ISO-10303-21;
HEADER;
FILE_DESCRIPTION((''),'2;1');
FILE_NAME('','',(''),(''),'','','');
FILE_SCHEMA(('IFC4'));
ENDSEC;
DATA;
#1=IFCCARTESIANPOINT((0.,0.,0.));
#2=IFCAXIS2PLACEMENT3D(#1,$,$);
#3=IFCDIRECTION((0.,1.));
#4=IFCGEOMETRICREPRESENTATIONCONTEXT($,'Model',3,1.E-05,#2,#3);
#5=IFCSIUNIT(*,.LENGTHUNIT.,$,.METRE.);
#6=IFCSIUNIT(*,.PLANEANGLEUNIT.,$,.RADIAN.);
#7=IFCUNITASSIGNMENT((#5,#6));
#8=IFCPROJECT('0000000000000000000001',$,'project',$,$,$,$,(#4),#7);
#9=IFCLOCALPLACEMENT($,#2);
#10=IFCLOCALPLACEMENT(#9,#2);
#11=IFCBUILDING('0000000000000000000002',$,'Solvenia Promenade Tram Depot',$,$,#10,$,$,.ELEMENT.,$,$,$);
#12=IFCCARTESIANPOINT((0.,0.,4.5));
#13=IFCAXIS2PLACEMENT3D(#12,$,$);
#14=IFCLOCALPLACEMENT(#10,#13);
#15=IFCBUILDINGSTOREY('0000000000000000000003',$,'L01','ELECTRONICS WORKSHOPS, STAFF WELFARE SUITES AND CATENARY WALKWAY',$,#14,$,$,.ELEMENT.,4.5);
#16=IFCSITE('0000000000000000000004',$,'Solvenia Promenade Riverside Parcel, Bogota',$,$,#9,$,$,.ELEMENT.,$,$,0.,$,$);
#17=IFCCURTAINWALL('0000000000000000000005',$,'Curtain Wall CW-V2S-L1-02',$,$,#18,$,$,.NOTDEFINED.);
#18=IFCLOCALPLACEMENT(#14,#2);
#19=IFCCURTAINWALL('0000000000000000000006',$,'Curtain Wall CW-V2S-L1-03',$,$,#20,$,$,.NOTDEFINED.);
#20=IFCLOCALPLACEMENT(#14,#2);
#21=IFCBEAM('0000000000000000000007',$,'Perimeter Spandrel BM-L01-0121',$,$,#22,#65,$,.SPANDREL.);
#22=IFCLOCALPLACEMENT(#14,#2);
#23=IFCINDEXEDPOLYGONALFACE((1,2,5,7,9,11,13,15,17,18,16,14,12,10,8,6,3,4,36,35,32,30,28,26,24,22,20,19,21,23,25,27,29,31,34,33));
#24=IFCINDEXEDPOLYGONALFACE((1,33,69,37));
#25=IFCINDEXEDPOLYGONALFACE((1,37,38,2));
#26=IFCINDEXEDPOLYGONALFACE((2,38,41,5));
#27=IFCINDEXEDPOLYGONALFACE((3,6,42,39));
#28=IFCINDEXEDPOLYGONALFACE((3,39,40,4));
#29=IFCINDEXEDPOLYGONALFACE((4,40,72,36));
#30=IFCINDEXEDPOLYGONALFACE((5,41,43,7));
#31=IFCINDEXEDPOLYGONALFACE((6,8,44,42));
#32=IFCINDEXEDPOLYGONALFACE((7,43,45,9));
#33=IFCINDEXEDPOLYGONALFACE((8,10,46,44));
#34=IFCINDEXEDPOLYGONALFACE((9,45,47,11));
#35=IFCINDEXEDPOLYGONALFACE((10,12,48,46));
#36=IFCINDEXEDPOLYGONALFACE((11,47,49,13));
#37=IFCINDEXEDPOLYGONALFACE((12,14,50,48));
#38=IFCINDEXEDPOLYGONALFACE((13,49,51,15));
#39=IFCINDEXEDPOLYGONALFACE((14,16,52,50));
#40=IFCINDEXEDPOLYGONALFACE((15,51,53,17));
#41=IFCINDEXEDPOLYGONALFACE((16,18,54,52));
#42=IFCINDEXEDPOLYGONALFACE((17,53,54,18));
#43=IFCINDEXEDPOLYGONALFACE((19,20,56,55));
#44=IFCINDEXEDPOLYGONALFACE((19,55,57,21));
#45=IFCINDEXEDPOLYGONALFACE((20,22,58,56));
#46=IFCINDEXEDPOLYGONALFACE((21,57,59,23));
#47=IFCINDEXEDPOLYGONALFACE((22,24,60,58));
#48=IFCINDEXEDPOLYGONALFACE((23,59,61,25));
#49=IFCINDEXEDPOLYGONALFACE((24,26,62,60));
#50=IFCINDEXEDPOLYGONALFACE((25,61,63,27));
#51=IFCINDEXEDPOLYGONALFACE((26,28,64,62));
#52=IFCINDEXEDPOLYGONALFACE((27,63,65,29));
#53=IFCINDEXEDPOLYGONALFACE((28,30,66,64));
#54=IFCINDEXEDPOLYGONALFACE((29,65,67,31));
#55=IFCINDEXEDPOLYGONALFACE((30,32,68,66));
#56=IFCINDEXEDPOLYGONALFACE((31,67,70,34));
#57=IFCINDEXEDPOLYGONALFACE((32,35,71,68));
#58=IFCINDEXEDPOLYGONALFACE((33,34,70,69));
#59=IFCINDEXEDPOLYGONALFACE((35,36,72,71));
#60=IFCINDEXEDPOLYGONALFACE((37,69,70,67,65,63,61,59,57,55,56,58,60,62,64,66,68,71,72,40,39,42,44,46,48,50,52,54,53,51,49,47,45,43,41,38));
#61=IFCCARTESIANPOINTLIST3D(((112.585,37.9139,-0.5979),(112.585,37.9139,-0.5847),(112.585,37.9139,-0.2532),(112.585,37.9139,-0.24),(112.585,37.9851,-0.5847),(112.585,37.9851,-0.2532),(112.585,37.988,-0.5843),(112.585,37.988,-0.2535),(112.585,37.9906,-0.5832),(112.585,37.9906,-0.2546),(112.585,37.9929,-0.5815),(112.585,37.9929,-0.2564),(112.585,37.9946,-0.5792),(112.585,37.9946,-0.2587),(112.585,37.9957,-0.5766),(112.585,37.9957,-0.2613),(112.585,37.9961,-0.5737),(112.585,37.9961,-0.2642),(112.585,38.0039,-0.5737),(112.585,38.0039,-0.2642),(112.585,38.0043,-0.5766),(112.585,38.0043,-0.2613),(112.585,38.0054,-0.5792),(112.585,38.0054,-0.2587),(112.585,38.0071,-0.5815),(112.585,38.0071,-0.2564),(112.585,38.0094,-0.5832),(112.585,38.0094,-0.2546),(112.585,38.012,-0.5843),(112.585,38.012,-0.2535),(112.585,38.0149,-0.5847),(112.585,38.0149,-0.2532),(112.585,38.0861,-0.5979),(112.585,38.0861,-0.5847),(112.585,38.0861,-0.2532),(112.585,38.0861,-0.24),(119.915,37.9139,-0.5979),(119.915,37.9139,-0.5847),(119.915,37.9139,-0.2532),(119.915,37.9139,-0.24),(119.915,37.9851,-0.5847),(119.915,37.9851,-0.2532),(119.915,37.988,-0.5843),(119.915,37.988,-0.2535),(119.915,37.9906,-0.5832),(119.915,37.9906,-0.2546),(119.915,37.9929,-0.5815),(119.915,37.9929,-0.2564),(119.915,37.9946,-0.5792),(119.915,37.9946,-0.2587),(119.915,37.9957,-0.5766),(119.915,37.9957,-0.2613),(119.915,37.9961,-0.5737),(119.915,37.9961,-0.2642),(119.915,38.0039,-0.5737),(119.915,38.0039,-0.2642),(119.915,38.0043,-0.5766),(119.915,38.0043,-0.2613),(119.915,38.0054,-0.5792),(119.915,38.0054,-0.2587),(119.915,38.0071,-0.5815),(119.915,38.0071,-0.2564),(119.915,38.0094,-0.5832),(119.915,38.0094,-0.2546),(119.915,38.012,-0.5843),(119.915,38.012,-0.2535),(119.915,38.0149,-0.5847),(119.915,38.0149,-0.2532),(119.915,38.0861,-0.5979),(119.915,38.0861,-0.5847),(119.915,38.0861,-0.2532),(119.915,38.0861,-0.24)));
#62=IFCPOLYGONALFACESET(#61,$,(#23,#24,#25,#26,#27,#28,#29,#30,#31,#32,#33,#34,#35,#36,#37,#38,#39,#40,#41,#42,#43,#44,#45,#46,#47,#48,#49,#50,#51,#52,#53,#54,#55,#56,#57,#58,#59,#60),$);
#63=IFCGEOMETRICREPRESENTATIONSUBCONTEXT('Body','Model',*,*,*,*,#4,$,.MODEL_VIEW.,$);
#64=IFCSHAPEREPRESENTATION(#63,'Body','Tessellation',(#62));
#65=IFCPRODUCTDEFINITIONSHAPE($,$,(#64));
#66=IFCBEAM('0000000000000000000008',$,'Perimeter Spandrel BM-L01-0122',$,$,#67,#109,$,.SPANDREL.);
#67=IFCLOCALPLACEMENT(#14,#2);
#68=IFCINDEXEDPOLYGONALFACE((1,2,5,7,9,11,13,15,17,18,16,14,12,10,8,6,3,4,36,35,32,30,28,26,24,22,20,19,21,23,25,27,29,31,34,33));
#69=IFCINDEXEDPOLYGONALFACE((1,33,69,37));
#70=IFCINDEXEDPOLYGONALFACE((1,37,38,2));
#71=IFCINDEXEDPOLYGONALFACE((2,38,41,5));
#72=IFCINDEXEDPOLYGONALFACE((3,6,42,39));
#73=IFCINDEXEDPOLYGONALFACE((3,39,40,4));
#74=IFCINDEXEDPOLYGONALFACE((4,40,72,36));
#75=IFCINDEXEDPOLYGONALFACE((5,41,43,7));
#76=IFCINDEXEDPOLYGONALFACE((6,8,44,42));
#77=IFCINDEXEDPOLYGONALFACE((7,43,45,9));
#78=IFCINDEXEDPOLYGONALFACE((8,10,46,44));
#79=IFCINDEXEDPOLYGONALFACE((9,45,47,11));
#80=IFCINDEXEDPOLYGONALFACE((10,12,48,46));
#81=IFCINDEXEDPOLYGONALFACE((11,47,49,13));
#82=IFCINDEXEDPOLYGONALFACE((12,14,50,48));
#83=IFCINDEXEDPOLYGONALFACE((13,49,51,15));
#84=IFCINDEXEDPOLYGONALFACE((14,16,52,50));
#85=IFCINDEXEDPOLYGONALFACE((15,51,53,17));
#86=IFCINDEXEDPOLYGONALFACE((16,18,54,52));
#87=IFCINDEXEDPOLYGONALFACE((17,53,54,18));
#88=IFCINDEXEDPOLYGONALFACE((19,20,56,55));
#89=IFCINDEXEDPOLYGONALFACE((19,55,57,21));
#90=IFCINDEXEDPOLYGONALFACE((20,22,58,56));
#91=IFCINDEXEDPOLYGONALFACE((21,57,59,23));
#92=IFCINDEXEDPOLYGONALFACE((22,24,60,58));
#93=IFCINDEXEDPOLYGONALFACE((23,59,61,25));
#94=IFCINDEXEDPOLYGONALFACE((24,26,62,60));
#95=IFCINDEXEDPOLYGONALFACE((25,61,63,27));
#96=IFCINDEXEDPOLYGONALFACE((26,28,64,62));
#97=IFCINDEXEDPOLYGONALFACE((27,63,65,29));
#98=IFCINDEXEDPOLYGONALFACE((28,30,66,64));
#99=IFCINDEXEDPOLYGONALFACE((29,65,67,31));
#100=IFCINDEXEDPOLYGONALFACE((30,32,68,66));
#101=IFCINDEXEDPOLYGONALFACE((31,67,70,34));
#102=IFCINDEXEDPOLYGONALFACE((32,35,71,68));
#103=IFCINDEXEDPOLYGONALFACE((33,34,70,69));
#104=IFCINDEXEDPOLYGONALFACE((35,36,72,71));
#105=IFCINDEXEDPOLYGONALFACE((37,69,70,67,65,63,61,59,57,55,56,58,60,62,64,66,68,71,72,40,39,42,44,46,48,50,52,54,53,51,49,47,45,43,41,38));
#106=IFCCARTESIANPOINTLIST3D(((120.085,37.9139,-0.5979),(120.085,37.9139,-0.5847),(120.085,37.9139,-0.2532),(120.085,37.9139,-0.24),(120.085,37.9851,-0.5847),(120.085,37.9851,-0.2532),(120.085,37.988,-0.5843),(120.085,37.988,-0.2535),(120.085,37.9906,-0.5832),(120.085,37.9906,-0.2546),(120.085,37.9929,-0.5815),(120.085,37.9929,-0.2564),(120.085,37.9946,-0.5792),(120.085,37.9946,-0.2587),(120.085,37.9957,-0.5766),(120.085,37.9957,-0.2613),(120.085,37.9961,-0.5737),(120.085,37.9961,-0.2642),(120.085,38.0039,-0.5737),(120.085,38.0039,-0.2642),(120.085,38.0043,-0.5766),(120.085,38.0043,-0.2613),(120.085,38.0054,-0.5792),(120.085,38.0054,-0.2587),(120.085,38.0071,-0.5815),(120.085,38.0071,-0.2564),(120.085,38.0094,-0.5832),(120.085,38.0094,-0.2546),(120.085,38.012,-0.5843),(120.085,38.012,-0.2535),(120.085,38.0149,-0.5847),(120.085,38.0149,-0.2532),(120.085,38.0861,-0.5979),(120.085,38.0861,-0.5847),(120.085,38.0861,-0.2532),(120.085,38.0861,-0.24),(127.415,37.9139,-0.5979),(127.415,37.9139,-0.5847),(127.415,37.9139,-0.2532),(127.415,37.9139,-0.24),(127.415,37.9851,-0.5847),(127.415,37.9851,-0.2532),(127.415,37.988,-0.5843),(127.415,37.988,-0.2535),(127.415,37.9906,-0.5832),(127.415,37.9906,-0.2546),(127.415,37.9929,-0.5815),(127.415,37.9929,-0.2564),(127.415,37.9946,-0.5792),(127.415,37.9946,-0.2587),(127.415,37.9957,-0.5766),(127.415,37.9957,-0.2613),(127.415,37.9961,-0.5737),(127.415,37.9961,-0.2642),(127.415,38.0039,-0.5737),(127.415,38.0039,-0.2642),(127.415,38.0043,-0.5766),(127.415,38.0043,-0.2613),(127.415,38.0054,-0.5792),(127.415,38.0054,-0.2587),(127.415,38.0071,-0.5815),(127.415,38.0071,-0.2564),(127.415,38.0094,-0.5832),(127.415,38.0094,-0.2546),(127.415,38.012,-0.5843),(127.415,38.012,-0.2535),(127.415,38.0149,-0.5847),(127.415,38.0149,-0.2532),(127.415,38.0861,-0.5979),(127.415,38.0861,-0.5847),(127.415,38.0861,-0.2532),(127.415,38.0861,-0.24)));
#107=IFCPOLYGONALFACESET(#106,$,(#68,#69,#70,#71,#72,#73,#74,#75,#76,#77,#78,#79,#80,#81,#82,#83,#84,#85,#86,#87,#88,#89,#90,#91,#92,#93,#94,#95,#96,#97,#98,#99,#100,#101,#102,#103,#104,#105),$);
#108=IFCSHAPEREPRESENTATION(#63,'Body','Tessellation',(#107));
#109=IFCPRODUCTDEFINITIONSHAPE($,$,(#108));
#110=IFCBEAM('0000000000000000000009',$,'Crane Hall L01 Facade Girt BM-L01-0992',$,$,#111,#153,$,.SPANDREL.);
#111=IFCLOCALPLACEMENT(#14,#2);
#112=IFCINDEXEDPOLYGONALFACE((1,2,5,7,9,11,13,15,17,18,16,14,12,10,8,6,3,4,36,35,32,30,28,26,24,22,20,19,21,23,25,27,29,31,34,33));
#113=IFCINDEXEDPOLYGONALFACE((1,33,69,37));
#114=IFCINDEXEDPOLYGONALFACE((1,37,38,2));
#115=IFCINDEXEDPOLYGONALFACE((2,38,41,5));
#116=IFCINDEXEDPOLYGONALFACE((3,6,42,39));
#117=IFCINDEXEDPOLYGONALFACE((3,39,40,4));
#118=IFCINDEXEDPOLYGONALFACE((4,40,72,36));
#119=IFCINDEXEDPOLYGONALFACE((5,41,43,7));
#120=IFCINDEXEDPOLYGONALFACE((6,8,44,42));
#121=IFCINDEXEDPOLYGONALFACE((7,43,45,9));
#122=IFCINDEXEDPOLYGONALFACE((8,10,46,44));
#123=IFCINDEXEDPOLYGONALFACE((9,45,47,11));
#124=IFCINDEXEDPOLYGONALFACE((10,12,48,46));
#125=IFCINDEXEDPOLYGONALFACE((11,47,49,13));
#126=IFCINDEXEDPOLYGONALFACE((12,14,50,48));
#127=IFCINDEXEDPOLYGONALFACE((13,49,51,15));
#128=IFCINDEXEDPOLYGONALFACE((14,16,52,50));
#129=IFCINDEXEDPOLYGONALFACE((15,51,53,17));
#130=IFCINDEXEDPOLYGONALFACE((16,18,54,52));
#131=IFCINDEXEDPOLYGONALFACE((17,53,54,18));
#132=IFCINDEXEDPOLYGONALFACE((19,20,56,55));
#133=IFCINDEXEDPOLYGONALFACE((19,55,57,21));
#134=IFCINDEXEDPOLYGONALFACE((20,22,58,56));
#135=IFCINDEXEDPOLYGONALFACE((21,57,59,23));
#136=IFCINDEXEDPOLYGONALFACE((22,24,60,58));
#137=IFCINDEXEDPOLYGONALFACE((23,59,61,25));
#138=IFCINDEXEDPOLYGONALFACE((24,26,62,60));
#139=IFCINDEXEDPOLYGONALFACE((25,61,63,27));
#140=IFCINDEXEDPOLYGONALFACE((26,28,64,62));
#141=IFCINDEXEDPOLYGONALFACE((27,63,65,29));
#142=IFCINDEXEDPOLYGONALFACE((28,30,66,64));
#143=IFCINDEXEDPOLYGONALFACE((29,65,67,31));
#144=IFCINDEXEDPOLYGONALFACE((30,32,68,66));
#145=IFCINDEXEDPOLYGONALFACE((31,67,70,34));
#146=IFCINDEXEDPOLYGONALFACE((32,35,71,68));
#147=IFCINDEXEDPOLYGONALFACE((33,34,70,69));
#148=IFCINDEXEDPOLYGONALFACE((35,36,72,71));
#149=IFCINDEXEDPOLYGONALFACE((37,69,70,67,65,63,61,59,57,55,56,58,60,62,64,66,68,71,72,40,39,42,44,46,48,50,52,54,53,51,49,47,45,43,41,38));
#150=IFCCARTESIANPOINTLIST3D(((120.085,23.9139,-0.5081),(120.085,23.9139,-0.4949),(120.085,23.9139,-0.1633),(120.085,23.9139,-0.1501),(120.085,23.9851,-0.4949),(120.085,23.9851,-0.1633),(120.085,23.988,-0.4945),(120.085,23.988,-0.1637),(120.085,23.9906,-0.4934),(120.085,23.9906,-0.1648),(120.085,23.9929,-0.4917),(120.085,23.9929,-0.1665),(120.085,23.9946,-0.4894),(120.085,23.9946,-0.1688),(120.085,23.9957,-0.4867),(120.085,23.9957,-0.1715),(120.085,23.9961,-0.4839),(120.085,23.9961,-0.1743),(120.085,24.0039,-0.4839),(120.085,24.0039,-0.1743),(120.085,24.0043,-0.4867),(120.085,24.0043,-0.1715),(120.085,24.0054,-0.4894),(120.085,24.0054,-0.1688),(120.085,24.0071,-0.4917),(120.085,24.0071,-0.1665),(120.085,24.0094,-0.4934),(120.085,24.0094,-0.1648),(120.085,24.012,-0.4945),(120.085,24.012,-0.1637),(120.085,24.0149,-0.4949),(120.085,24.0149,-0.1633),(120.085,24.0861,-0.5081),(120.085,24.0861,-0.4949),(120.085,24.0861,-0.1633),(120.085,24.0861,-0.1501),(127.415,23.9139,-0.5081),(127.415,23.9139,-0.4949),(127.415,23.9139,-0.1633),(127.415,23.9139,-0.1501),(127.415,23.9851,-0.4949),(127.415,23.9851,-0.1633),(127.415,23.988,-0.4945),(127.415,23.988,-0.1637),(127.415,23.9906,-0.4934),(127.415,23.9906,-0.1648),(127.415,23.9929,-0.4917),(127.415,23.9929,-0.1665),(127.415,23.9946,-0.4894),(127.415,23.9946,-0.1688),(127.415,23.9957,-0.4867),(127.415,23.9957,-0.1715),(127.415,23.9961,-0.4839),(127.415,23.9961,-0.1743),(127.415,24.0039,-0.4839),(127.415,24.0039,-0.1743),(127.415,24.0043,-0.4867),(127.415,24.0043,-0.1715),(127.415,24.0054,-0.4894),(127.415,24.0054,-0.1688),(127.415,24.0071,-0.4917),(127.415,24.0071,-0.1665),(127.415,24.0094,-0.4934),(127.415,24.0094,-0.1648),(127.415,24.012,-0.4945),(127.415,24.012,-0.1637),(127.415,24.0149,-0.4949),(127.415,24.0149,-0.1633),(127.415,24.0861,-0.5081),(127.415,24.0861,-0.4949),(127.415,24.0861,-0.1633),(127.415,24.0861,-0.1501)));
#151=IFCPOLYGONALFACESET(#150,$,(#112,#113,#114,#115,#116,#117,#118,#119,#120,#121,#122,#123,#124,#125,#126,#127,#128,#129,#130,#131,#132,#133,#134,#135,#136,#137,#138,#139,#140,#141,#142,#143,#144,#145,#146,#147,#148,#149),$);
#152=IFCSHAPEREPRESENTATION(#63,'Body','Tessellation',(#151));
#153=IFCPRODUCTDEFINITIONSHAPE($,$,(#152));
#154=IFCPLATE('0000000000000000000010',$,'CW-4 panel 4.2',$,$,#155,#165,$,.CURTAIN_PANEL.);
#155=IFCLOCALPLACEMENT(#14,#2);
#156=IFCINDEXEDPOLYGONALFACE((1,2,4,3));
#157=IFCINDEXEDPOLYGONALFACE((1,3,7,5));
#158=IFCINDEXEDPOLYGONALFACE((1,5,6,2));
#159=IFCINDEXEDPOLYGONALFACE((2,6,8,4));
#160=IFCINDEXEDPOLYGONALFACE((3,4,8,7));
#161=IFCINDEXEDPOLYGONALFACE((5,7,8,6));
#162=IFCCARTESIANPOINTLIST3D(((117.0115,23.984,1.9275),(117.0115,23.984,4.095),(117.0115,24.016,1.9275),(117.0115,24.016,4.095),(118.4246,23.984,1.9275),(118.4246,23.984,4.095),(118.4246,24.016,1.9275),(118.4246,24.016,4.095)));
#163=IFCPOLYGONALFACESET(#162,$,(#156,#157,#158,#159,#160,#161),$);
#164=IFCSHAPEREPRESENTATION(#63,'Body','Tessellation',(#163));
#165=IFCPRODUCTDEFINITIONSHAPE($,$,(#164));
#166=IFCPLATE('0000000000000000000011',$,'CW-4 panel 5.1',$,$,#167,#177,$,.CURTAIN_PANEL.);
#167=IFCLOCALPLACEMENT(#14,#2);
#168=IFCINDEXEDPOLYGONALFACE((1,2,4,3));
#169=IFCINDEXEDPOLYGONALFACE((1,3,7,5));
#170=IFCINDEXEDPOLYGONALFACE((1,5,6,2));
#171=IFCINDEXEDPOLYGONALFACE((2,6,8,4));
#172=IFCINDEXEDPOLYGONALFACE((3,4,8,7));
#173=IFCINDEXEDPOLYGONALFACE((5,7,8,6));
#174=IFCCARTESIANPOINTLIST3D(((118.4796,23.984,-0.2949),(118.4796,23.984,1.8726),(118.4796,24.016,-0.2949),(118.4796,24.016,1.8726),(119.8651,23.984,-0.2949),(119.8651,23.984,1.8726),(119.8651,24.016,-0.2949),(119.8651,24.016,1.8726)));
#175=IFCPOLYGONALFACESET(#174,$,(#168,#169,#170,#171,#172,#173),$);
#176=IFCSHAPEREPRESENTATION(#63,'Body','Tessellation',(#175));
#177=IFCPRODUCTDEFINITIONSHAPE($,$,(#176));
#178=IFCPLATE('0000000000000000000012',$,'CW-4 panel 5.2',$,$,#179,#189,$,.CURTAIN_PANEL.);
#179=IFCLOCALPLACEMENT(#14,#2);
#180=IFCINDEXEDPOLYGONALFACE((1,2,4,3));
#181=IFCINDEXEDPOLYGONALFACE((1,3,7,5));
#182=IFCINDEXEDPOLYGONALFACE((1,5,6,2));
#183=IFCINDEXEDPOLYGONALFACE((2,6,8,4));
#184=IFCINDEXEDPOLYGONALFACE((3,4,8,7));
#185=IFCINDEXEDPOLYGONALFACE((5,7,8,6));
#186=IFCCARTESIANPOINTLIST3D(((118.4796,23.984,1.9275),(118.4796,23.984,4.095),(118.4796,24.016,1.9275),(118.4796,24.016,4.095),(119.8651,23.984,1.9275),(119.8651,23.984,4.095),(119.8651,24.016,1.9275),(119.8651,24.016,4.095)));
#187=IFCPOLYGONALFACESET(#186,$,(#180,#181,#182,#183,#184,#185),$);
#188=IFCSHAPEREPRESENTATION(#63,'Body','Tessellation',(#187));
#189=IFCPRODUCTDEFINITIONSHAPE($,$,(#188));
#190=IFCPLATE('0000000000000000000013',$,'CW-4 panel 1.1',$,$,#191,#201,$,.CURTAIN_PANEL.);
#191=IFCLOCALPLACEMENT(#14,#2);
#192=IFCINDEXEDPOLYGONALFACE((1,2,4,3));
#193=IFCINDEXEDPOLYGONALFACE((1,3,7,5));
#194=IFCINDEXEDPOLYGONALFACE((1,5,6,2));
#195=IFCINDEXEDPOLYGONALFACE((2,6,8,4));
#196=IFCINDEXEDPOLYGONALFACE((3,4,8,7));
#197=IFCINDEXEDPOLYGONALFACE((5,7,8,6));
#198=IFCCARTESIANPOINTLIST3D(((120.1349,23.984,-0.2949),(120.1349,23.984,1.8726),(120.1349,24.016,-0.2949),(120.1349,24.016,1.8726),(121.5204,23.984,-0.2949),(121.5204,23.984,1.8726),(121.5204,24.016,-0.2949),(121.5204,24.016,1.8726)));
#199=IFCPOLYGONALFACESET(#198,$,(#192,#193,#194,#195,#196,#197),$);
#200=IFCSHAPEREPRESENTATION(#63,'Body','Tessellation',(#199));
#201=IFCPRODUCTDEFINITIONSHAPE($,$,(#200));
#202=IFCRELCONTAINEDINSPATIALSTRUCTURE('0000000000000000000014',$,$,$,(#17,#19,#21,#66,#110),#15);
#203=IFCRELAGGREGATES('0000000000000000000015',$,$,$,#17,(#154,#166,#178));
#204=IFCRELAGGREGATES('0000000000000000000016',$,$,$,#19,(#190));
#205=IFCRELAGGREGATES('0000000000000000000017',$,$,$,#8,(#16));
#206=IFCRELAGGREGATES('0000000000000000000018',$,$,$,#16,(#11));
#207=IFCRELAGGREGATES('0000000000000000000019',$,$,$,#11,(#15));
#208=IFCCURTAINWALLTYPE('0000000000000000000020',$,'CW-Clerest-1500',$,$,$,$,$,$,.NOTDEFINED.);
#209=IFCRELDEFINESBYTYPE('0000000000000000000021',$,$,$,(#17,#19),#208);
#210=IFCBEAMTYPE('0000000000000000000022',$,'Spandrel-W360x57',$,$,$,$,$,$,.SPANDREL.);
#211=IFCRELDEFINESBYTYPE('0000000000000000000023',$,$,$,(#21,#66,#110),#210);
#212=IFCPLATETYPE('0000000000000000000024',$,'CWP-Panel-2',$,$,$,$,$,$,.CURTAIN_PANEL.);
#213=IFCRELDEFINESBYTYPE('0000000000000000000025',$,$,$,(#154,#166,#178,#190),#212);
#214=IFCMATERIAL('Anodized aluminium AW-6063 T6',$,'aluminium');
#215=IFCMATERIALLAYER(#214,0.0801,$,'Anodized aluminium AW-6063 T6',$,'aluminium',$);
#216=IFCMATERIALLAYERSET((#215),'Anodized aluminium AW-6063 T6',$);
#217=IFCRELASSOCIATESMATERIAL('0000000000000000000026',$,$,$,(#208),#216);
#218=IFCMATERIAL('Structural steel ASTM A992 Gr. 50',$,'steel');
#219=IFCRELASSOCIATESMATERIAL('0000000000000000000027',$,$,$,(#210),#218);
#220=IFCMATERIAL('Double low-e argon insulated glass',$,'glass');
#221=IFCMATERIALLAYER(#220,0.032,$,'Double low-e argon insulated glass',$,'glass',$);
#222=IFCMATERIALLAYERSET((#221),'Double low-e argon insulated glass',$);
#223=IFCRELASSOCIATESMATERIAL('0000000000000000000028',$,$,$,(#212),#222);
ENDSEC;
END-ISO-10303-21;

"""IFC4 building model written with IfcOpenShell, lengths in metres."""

from ifc_helpers import new_model, si_unit, direction, frame, origin, origin_2d, place, context, subcontext, project, spatial, rectangle, i_section, extrude, material, layer, layer_set, material_profile, profile_set, type_object, element, aggregate, save


model = new_model("IFC4")

# Units and contexts
model_context = context("Model", 3, precision=1e-05, world=origin(), true_north=direction((0.0, 1.0)))
body_context = subcontext(model_context, "Body", "Model", "MODEL_VIEW")
ifc_project = project(units=[si_unit("LENGTHUNIT", "METRE"), si_unit("PLANEANGLEUNIT", "RADIAN")], contexts=[model_context])

# Site, building, storey
site_placement = place(None, origin())
site = spatial("IfcSite", under=ifc_project, at=site_placement, Name="Solvenia Promenade Riverside Parcel, Bogota", CompositionType="ELEMENT", RefElevation=0.0)
building_placement = place(site_placement, origin())
building = spatial("IfcBuilding", under=site, at=building_placement, Name="Solvenia Promenade Tram Depot", CompositionType="ELEMENT")
storey_placement = place(building_placement, frame((0.0, 0.0, 4.5)))
storey = spatial("IfcBuildingStorey", under=building, at=storey_placement, Name="L01", Description="ELECTRONICS WORKSHOPS, STAFF WELFARE SUITES AND CATENARY WALKWAY", CompositionType="ELEMENT", Elevation=4.5)

# Shared definitions
ifc_material_1 = material(Name="Structural steel ASTM A992 Gr. 50", Category="steel")

# Curtain walls
ifc_material_2 = material(Name="Anodized aluminium AW-6063 T6", Category="aluminium")
ifc_layer_1 = layer(ifc_material_2, 0.0801, Name="Anodized aluminium AW-6063 T6", Category="aluminium")
ifc_layer_set_1 = layer_set([ifc_layer_1], Name="Anodized aluminium AW-6063 T6")
curtain_wall_type = type_object("IfcCurtainWallType", Name="CW-Clerest-1500", PredefinedType="NOTDEFINED", material=ifc_layer_set_1)
curtain_wall_1_placement = place(storey_placement, origin())
curtain_wall_1 = element("IfcCurtainWall", 1, at=curtain_wall_1_placement, inside=storey, type_object=curtain_wall_type, Name="Curtain Wall CW-V2S-L1-02", PredefinedType="NOTDEFINED")
curtain_wall_2_placement = place(storey_placement, origin())
curtain_wall_2 = element("IfcCurtainWall", 2, at=curtain_wall_2_placement, inside=storey, type_object=curtain_wall_type, Name="Curtain Wall CW-V2S-L1-03", PredefinedType="NOTDEFINED")

# Beams
ifc_material_profile_1 = material_profile(ifc_material_1, i_section(OverallWidth=0.1721, OverallDepth=0.3579, WebThickness=0.0078, FlangeThickness=0.0132, FilletRadius=0.011, at=origin_2d()), Name="W360x57", Category="steel")
ifc_profile_set_1 = profile_set([ifc_material_profile_1], Name="Structural steel ASTM A992 Gr. 50")
beam_type_1 = type_object("IfcBeamType", Name="Spandrel-W360x57", PredefinedType="SPANDREL", material=ifc_profile_set_1)
for number, where, z_axis, x_axis, name in (
    (3, (112.585, 38.0, -0.4189), (1.0, 0.0, 0.0), (0.0, 1.0, 0.0), "Perimeter Spandrel BM-L01-0121"),
    (4, (120.085, 38.0, -0.4189), (1.0, 0.0, 0.0), (0.0, 1.0, 0.0), "Perimeter Spandrel BM-L01-0122"),
    (5, (120.085, 24.0, -0.3291), (1.0, 0.0, 0.0), (0.0, 1.0, 0.0), "Crane Hall L01 Facade Girt BM-L01-0992"),
):
    element("IfcBeam", number, at=place(storey_placement, frame(where, z_axis=z_axis, x_axis=x_axis)), inside=storey, type_object=beam_type_1, Name=name, PredefinedType="SPANDREL", context=body_context, shape_type="SweptSolid", body=[
        extrude(i_section(OverallWidth=0.1721, OverallDepth=0.3579, WebThickness=0.0078, FlangeThickness=0.0132, FilletRadius=0.011, at=origin_2d()), origin(), (0.0, 0.0, 1.0), 7.3301),
    ])

# Plates
ifc_material_3 = material(Name="Double low-e argon insulated glass", Category="glass")
ifc_layer_2 = layer(ifc_material_3, 0.032, Name="Double low-e argon insulated glass", Category="glass")
ifc_layer_set_2 = layer_set([ifc_layer_2], Name="Double low-e argon insulated glass")
plate_type = type_object("IfcPlateType", Name="CWP-Panel-2", PredefinedType="CURTAIN_PANEL", material=ifc_layer_set_2)
plate_1_placement = place(storey_placement, frame((117.718, 24.0, 1.9275), z_axis=(0.0, 0.0, 1.0), x_axis=(1.0, 0.0, 0.0)))
plate_1 = element("IfcPlate", 6, at=plate_1_placement, type_object=plate_type, Name="CW-4 panel 4.2", PredefinedType="CURTAIN_PANEL", context=body_context, shape_type="SweptSolid", body=[
    extrude(rectangle(XDim=1.4131, YDim=0.032, at=origin_2d()), origin(), (0.0, 0.0, 1.0), 2.1675),
])
plate_2_placement = place(storey_placement, frame((119.1724, 24.0, -0.2949), z_axis=(0.0, 0.0, 1.0), x_axis=(1.0, 0.0, 0.0)))
plate_2 = element("IfcPlate", 7, at=plate_2_placement, type_object=plate_type, Name="CW-4 panel 5.1", PredefinedType="CURTAIN_PANEL", context=body_context, shape_type="SweptSolid", body=[
    extrude(rectangle(XDim=1.3855, YDim=0.032, at=origin_2d()), origin(), (0.0, 0.0, 1.0), 2.1675),
])
plate_3_placement = place(storey_placement, frame((119.1724, 24.0, 1.9275), z_axis=(0.0, 0.0, 1.0), x_axis=(1.0, 0.0, 0.0)))
plate_3 = element("IfcPlate", 8, at=plate_3_placement, type_object=plate_type, Name="CW-4 panel 5.2", PredefinedType="CURTAIN_PANEL", context=body_context, shape_type="SweptSolid", body=[
    extrude(rectangle(XDim=1.3855, YDim=0.032, at=origin_2d()), origin(), (0.0, 0.0, 1.0), 2.1675),
])
aggregate(curtain_wall_1, [plate_1, plate_2, plate_3])
plate_4_placement = place(storey_placement, frame((120.8276, 24.0, -0.2949), z_axis=(0.0, 0.0, 1.0), x_axis=(1.0, 0.0, 0.0)))
plate_4 = element("IfcPlate", 9, at=plate_4_placement, type_object=plate_type, Name="CW-4 panel 1.1", PredefinedType="CURTAIN_PANEL", context=body_context, shape_type="SweptSolid", body=[
    extrude(rectangle(XDim=1.3855, YDim=0.032, at=origin_2d()), origin(), (0.0, 0.0, 1.0), 2.1675),
])
aggregate(curtain_wall_2, [plate_4])

save(model, "model.ifc")
